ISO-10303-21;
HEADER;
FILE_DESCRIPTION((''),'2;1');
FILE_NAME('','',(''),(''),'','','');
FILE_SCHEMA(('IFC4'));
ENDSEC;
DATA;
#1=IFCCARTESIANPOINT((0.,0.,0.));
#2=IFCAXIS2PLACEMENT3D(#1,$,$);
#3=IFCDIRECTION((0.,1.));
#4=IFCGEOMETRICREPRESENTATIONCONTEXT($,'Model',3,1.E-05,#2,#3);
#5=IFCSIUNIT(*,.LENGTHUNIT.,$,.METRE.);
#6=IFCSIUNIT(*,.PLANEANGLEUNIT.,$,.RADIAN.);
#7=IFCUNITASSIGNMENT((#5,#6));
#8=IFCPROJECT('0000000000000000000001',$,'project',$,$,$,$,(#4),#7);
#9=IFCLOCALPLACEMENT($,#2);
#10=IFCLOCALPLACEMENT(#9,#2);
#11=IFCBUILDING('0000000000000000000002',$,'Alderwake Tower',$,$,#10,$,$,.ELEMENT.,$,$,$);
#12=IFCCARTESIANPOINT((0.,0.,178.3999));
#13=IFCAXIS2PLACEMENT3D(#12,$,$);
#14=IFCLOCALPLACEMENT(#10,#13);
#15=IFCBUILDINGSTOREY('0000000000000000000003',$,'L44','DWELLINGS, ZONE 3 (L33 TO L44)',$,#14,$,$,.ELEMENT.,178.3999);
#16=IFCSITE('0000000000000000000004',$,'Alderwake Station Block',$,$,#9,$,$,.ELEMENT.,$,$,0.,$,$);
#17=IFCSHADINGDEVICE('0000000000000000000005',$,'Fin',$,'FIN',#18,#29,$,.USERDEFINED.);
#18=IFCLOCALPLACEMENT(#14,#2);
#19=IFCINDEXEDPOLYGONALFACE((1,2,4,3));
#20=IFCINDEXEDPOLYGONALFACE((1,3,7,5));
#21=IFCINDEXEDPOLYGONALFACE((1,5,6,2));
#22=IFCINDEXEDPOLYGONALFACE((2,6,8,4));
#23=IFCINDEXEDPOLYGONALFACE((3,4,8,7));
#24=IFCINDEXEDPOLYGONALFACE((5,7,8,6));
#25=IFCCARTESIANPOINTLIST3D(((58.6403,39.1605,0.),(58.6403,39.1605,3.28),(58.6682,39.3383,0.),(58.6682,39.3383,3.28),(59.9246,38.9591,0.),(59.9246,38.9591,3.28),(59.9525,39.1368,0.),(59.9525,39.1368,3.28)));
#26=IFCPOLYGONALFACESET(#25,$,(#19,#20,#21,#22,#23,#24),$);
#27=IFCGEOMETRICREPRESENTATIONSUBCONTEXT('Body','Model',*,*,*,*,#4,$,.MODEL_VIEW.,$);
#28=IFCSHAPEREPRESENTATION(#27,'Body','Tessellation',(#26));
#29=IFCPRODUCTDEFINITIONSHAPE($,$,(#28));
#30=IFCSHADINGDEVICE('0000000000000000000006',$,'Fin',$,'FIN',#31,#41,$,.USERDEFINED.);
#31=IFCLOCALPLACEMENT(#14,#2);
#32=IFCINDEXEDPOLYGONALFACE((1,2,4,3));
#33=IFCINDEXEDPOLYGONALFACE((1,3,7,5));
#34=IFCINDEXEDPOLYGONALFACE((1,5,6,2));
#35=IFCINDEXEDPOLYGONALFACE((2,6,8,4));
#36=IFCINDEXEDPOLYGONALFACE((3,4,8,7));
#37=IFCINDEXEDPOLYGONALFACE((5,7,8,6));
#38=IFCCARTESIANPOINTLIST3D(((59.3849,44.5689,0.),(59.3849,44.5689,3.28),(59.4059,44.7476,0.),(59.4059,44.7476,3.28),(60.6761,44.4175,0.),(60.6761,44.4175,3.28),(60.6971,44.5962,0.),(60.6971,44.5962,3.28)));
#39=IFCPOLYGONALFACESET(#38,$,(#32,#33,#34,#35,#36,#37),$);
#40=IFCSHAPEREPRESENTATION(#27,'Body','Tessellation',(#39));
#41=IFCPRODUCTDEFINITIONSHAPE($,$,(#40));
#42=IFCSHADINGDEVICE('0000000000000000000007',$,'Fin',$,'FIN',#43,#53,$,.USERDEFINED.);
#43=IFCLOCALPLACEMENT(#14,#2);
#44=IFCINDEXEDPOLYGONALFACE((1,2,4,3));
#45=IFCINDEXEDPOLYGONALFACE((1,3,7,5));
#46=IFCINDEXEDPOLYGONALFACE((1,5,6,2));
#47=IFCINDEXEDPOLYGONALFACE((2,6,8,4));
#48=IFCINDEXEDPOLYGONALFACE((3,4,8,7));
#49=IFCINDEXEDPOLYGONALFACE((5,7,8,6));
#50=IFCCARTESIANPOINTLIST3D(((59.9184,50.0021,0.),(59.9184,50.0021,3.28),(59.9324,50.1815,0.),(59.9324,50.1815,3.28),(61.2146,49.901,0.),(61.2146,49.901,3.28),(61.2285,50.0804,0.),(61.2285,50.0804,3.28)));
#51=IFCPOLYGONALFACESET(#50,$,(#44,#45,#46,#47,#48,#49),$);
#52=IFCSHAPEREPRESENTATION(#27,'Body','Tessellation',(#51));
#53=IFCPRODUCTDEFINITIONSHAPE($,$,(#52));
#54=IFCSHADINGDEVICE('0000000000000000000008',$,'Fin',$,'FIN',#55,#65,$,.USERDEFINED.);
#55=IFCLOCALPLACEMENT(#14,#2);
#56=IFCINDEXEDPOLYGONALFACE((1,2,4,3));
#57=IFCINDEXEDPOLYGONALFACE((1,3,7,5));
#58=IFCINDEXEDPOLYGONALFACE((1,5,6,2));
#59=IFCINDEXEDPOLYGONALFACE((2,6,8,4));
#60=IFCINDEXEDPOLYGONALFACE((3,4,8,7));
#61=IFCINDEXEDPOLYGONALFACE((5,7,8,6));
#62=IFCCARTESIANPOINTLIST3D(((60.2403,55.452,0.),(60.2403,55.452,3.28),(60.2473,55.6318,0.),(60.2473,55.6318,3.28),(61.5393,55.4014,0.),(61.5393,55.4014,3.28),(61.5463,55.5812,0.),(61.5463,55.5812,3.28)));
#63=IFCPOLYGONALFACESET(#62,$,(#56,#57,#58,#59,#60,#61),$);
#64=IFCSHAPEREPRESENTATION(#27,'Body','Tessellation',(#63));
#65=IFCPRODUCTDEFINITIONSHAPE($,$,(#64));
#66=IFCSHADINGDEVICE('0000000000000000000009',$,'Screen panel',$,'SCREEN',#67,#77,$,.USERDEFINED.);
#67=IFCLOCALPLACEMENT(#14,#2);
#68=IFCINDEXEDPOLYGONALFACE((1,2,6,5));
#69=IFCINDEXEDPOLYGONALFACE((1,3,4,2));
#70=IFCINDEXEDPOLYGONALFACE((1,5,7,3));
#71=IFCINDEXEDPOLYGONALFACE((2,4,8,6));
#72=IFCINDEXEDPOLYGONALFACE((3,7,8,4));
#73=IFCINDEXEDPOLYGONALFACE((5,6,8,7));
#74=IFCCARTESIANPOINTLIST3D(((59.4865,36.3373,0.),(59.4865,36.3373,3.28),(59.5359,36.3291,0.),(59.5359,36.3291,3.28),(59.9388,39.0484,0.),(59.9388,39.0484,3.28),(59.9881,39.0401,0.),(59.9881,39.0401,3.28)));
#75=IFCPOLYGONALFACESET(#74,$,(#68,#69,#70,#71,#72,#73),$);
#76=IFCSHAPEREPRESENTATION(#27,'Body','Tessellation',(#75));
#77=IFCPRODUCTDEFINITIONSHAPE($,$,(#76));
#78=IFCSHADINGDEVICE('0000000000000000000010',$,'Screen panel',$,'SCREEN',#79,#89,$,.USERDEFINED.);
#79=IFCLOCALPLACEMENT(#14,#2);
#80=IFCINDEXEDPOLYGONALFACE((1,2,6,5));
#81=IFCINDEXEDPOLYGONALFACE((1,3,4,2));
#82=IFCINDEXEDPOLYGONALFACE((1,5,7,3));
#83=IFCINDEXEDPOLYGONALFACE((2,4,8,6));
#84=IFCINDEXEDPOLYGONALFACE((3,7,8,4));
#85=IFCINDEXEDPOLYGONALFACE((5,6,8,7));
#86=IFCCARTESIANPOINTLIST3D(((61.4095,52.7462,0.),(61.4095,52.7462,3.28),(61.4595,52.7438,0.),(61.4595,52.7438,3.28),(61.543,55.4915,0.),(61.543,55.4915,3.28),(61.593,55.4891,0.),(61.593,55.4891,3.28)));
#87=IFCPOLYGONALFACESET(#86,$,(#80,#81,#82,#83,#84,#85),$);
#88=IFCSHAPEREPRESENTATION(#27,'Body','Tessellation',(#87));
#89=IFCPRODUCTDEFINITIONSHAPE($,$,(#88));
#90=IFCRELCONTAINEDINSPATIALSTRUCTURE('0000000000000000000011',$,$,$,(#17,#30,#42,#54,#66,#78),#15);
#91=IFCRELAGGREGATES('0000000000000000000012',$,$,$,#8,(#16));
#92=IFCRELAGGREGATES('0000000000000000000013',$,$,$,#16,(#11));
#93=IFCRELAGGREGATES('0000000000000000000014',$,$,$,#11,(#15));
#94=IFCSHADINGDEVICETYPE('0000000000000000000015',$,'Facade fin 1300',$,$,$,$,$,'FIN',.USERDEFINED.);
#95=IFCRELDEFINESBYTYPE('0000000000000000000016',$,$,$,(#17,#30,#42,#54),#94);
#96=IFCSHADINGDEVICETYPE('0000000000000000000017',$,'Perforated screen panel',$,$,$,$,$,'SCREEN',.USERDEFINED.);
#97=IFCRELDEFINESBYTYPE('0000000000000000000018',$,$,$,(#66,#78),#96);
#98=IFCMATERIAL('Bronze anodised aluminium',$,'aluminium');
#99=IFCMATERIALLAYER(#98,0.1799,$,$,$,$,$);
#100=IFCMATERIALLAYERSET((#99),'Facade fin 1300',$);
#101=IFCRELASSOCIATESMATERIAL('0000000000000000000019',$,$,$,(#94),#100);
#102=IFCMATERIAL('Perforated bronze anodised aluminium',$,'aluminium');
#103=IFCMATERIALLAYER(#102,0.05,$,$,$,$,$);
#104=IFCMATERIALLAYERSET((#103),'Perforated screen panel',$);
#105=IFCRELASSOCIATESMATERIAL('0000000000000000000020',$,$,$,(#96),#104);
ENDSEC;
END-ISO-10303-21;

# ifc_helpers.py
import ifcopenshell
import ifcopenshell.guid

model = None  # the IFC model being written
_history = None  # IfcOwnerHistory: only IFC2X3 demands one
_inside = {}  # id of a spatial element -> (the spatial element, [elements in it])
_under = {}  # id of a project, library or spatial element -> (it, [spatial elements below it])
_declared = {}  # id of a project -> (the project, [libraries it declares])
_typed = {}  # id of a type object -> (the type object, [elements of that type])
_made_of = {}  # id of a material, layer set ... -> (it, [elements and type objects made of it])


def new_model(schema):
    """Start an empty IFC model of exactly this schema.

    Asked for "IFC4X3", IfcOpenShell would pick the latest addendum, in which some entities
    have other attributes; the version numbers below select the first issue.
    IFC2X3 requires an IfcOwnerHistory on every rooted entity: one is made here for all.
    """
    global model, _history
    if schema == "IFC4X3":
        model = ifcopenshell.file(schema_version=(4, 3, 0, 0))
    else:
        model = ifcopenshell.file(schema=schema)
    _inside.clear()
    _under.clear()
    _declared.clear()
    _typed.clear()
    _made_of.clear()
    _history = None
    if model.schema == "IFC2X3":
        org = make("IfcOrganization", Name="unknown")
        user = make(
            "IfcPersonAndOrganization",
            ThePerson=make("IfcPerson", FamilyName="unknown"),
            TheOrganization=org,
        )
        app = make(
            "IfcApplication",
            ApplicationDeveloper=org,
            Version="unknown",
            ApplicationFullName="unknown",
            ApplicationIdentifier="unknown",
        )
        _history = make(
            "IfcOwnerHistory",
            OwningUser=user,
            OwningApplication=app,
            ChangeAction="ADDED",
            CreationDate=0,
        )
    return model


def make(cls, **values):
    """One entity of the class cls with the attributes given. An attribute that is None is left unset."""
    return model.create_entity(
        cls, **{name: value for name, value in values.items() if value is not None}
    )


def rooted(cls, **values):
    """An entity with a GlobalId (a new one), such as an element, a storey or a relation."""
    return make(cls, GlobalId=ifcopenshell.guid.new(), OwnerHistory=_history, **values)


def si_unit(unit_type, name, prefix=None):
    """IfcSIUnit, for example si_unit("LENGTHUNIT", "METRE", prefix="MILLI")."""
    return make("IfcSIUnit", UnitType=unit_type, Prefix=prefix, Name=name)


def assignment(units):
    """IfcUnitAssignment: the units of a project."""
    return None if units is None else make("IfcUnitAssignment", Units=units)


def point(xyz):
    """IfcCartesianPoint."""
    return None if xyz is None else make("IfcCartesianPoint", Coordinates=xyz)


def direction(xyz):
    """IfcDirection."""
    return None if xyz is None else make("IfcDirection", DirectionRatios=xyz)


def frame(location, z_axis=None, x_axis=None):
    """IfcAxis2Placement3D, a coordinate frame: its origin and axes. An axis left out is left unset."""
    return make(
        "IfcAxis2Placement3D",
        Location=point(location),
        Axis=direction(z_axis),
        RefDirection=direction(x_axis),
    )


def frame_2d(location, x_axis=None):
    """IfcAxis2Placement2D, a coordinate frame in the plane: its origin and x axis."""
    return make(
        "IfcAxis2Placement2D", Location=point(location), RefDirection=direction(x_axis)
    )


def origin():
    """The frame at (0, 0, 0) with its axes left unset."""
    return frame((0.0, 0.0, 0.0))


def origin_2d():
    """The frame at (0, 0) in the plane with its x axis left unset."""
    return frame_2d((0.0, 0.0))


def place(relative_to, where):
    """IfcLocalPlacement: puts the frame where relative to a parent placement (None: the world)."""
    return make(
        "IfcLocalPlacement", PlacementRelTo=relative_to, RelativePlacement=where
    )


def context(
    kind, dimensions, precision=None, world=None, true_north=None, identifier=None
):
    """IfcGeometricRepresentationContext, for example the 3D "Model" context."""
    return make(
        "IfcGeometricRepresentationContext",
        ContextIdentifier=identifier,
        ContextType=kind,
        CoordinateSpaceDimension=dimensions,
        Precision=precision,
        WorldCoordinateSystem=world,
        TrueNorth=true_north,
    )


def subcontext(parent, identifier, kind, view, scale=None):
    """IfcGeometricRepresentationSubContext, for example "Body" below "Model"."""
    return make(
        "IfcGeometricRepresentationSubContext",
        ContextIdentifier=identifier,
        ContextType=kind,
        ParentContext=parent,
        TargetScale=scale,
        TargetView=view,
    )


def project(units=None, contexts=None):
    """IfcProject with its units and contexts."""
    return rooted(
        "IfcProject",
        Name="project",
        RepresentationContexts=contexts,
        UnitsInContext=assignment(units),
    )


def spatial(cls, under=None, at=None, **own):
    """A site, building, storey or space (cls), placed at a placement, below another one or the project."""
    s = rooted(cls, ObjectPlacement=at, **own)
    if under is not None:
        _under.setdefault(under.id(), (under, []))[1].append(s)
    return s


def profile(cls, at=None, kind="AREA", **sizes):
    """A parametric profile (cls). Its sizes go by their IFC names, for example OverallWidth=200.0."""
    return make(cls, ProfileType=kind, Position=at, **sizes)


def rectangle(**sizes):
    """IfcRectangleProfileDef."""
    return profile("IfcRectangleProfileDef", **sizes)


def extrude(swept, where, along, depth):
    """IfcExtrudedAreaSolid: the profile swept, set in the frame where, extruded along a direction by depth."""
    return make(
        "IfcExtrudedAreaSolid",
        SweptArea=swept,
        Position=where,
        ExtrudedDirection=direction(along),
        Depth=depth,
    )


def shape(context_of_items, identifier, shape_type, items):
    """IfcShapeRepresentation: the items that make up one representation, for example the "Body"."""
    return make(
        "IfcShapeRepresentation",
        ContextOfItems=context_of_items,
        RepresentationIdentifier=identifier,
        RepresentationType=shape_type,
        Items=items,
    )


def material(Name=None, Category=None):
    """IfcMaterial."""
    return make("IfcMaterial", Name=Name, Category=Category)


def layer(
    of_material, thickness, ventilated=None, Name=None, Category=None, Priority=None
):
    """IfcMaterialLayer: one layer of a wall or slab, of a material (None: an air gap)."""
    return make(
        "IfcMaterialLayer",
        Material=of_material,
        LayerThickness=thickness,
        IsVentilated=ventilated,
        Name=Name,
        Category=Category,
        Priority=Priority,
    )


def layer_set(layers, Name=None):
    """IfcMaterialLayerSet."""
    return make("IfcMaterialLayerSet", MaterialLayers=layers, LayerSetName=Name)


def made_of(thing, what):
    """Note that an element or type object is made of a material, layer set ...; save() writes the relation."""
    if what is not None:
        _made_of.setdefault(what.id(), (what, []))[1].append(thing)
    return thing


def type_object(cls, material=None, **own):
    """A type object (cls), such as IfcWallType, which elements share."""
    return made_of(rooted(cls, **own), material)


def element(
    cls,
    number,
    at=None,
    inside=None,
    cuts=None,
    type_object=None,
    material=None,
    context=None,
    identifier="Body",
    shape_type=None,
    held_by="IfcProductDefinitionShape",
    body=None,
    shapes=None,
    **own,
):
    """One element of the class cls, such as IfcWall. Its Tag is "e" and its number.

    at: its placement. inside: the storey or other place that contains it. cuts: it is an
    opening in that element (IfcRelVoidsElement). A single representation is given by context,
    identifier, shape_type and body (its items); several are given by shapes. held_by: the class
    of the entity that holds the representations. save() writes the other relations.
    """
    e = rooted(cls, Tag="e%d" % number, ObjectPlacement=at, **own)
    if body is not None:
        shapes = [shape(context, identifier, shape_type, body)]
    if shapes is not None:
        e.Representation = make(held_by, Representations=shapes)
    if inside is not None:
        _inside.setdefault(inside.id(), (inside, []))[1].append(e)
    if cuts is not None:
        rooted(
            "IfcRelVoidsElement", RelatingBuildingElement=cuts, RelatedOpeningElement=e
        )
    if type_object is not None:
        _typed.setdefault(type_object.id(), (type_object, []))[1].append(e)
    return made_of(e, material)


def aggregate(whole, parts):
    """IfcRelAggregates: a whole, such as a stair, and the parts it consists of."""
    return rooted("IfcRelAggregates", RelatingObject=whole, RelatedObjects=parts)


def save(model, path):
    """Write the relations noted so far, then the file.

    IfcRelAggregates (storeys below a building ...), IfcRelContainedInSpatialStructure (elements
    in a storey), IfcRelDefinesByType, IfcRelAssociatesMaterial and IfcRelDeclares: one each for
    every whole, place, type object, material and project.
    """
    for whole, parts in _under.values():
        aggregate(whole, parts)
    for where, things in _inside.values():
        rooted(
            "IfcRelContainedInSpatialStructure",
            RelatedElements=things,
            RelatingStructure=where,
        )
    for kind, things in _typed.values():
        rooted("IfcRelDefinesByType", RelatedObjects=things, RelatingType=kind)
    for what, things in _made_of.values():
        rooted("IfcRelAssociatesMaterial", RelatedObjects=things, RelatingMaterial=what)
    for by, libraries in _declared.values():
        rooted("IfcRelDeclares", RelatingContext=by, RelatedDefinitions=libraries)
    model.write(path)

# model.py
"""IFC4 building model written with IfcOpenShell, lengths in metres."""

from ifc_helpers import new_model, si_unit, direction, frame, origin, origin_2d, place, context, subcontext, project, spatial, rectangle, extrude, material, layer, layer_set, type_object, element, save


model = new_model("IFC4")

# Units and contexts
model_context = context("Model", 3, precision=1e-05, world=origin(), true_north=direction((0.0, 1.0)))
body_context = subcontext(model_context, "Body", "Model", "MODEL_VIEW")
ifc_project = project(units=[si_unit("LENGTHUNIT", "METRE"), si_unit("PLANEANGLEUNIT", "RADIAN")], contexts=[model_context])

# Site, building, storey
site_placement = place(None, origin())
site = spatial("IfcSite", under=ifc_project, at=site_placement, Name="Alderwake Station Block", CompositionType="ELEMENT", RefElevation=0.0)
building_placement = place(site_placement, origin())
building = spatial("IfcBuilding", under=site, at=building_placement, Name="Alderwake Tower", CompositionType="ELEMENT")
storey_placement = place(building_placement, frame((0.0, 0.0, 178.3999)))
storey = spatial("IfcBuildingStorey", under=building, at=storey_placement, Name="L44", Description="DWELLINGS, ZONE 3 (L33 TO L44)", CompositionType="ELEMENT", Elevation=178.3999)

# Shading devices
ifc_material_1 = material(Name="Bronze anodised aluminium", Category="aluminium")
ifc_layer_1 = layer(ifc_material_1, 0.1799)
ifc_layer_set_1 = layer_set([ifc_layer_1], Name="Facade fin 1300")
shading_device_type_1 = type_object("IfcShadingDeviceType", Name="Facade fin 1300", ElementType="FIN", PredefinedType="USERDEFINED", material=ifc_layer_set_1)
for number, where, z_axis, x_axis, name in (
    (1, (59.2964, 39.1487, 0.0), (0.0, 0.0, 1.0), (0.987919, -0.154972, 0.0), "Fin"),
    (2, (60.041, 44.5825, 0.0), (0.0, 0.0, 1.0), (0.993198, -0.116435, 0.0), "Fin"),
    (3, (60.5735, 50.0413, 0.0), (0.0, 0.0, 1.0), (0.996975, -0.077721, 0.0), "Fin"),
    (4, (60.8933, 55.5166, 0.0), (0.0, 0.0, 1.0), (0.999243, -0.03889, 0.0), "Fin"),
):
    element("IfcShadingDevice", number, at=place(storey_placement, frame(where, z_axis=z_axis, x_axis=x_axis)), inside=storey, type_object=shading_device_type_1, Name=name, ObjectType="FIN", PredefinedType="USERDEFINED", context=body_context, shape_type="SweptSolid", body=[
        extrude(rectangle(XDim=1.3, YDim=0.1799, at=origin_2d()), origin(), (0.0, 0.0, 1.0), 3.28),
    ])
ifc_material_2 = material(Name="Perforated bronze anodised aluminium", Category="aluminium")
ifc_layer_2 = layer(ifc_material_2, 0.05)
ifc_layer_set_2 = layer_set([ifc_layer_2], Name="Perforated screen panel")
shading_device_type_2 = type_object("IfcShadingDeviceType", Name="Perforated screen panel", ElementType="SCREEN", PredefinedType="USERDEFINED", material=ifc_layer_set_2)
for number, where, z_axis, x_axis, name in (
    (5, (59.7373, 37.6887, 0.0), (0.0, 0.0, 1.0), (0.986369, -0.164548, 0.0), "Screen panel"),
    (6, (61.5012, 54.1177, 0.0), (0.0, 0.0, 1.0), (0.998819, -0.048581, 0.0), "Screen panel"),
):
    element("IfcShadingDevice", number, at=place(storey_placement, frame(where, z_axis=z_axis, x_axis=x_axis)), inside=storey, type_object=shading_device_type_2, Name=name, ObjectType="SCREEN", PredefinedType="USERDEFINED", context=body_context, shape_type="SweptSolid", body=[
        extrude(rectangle(XDim=0.05, YDim=2.7485, at=origin_2d()), origin(), (0.0, 0.0, 1.0), 3.28),
    ])

save(model, "model.ifc")
